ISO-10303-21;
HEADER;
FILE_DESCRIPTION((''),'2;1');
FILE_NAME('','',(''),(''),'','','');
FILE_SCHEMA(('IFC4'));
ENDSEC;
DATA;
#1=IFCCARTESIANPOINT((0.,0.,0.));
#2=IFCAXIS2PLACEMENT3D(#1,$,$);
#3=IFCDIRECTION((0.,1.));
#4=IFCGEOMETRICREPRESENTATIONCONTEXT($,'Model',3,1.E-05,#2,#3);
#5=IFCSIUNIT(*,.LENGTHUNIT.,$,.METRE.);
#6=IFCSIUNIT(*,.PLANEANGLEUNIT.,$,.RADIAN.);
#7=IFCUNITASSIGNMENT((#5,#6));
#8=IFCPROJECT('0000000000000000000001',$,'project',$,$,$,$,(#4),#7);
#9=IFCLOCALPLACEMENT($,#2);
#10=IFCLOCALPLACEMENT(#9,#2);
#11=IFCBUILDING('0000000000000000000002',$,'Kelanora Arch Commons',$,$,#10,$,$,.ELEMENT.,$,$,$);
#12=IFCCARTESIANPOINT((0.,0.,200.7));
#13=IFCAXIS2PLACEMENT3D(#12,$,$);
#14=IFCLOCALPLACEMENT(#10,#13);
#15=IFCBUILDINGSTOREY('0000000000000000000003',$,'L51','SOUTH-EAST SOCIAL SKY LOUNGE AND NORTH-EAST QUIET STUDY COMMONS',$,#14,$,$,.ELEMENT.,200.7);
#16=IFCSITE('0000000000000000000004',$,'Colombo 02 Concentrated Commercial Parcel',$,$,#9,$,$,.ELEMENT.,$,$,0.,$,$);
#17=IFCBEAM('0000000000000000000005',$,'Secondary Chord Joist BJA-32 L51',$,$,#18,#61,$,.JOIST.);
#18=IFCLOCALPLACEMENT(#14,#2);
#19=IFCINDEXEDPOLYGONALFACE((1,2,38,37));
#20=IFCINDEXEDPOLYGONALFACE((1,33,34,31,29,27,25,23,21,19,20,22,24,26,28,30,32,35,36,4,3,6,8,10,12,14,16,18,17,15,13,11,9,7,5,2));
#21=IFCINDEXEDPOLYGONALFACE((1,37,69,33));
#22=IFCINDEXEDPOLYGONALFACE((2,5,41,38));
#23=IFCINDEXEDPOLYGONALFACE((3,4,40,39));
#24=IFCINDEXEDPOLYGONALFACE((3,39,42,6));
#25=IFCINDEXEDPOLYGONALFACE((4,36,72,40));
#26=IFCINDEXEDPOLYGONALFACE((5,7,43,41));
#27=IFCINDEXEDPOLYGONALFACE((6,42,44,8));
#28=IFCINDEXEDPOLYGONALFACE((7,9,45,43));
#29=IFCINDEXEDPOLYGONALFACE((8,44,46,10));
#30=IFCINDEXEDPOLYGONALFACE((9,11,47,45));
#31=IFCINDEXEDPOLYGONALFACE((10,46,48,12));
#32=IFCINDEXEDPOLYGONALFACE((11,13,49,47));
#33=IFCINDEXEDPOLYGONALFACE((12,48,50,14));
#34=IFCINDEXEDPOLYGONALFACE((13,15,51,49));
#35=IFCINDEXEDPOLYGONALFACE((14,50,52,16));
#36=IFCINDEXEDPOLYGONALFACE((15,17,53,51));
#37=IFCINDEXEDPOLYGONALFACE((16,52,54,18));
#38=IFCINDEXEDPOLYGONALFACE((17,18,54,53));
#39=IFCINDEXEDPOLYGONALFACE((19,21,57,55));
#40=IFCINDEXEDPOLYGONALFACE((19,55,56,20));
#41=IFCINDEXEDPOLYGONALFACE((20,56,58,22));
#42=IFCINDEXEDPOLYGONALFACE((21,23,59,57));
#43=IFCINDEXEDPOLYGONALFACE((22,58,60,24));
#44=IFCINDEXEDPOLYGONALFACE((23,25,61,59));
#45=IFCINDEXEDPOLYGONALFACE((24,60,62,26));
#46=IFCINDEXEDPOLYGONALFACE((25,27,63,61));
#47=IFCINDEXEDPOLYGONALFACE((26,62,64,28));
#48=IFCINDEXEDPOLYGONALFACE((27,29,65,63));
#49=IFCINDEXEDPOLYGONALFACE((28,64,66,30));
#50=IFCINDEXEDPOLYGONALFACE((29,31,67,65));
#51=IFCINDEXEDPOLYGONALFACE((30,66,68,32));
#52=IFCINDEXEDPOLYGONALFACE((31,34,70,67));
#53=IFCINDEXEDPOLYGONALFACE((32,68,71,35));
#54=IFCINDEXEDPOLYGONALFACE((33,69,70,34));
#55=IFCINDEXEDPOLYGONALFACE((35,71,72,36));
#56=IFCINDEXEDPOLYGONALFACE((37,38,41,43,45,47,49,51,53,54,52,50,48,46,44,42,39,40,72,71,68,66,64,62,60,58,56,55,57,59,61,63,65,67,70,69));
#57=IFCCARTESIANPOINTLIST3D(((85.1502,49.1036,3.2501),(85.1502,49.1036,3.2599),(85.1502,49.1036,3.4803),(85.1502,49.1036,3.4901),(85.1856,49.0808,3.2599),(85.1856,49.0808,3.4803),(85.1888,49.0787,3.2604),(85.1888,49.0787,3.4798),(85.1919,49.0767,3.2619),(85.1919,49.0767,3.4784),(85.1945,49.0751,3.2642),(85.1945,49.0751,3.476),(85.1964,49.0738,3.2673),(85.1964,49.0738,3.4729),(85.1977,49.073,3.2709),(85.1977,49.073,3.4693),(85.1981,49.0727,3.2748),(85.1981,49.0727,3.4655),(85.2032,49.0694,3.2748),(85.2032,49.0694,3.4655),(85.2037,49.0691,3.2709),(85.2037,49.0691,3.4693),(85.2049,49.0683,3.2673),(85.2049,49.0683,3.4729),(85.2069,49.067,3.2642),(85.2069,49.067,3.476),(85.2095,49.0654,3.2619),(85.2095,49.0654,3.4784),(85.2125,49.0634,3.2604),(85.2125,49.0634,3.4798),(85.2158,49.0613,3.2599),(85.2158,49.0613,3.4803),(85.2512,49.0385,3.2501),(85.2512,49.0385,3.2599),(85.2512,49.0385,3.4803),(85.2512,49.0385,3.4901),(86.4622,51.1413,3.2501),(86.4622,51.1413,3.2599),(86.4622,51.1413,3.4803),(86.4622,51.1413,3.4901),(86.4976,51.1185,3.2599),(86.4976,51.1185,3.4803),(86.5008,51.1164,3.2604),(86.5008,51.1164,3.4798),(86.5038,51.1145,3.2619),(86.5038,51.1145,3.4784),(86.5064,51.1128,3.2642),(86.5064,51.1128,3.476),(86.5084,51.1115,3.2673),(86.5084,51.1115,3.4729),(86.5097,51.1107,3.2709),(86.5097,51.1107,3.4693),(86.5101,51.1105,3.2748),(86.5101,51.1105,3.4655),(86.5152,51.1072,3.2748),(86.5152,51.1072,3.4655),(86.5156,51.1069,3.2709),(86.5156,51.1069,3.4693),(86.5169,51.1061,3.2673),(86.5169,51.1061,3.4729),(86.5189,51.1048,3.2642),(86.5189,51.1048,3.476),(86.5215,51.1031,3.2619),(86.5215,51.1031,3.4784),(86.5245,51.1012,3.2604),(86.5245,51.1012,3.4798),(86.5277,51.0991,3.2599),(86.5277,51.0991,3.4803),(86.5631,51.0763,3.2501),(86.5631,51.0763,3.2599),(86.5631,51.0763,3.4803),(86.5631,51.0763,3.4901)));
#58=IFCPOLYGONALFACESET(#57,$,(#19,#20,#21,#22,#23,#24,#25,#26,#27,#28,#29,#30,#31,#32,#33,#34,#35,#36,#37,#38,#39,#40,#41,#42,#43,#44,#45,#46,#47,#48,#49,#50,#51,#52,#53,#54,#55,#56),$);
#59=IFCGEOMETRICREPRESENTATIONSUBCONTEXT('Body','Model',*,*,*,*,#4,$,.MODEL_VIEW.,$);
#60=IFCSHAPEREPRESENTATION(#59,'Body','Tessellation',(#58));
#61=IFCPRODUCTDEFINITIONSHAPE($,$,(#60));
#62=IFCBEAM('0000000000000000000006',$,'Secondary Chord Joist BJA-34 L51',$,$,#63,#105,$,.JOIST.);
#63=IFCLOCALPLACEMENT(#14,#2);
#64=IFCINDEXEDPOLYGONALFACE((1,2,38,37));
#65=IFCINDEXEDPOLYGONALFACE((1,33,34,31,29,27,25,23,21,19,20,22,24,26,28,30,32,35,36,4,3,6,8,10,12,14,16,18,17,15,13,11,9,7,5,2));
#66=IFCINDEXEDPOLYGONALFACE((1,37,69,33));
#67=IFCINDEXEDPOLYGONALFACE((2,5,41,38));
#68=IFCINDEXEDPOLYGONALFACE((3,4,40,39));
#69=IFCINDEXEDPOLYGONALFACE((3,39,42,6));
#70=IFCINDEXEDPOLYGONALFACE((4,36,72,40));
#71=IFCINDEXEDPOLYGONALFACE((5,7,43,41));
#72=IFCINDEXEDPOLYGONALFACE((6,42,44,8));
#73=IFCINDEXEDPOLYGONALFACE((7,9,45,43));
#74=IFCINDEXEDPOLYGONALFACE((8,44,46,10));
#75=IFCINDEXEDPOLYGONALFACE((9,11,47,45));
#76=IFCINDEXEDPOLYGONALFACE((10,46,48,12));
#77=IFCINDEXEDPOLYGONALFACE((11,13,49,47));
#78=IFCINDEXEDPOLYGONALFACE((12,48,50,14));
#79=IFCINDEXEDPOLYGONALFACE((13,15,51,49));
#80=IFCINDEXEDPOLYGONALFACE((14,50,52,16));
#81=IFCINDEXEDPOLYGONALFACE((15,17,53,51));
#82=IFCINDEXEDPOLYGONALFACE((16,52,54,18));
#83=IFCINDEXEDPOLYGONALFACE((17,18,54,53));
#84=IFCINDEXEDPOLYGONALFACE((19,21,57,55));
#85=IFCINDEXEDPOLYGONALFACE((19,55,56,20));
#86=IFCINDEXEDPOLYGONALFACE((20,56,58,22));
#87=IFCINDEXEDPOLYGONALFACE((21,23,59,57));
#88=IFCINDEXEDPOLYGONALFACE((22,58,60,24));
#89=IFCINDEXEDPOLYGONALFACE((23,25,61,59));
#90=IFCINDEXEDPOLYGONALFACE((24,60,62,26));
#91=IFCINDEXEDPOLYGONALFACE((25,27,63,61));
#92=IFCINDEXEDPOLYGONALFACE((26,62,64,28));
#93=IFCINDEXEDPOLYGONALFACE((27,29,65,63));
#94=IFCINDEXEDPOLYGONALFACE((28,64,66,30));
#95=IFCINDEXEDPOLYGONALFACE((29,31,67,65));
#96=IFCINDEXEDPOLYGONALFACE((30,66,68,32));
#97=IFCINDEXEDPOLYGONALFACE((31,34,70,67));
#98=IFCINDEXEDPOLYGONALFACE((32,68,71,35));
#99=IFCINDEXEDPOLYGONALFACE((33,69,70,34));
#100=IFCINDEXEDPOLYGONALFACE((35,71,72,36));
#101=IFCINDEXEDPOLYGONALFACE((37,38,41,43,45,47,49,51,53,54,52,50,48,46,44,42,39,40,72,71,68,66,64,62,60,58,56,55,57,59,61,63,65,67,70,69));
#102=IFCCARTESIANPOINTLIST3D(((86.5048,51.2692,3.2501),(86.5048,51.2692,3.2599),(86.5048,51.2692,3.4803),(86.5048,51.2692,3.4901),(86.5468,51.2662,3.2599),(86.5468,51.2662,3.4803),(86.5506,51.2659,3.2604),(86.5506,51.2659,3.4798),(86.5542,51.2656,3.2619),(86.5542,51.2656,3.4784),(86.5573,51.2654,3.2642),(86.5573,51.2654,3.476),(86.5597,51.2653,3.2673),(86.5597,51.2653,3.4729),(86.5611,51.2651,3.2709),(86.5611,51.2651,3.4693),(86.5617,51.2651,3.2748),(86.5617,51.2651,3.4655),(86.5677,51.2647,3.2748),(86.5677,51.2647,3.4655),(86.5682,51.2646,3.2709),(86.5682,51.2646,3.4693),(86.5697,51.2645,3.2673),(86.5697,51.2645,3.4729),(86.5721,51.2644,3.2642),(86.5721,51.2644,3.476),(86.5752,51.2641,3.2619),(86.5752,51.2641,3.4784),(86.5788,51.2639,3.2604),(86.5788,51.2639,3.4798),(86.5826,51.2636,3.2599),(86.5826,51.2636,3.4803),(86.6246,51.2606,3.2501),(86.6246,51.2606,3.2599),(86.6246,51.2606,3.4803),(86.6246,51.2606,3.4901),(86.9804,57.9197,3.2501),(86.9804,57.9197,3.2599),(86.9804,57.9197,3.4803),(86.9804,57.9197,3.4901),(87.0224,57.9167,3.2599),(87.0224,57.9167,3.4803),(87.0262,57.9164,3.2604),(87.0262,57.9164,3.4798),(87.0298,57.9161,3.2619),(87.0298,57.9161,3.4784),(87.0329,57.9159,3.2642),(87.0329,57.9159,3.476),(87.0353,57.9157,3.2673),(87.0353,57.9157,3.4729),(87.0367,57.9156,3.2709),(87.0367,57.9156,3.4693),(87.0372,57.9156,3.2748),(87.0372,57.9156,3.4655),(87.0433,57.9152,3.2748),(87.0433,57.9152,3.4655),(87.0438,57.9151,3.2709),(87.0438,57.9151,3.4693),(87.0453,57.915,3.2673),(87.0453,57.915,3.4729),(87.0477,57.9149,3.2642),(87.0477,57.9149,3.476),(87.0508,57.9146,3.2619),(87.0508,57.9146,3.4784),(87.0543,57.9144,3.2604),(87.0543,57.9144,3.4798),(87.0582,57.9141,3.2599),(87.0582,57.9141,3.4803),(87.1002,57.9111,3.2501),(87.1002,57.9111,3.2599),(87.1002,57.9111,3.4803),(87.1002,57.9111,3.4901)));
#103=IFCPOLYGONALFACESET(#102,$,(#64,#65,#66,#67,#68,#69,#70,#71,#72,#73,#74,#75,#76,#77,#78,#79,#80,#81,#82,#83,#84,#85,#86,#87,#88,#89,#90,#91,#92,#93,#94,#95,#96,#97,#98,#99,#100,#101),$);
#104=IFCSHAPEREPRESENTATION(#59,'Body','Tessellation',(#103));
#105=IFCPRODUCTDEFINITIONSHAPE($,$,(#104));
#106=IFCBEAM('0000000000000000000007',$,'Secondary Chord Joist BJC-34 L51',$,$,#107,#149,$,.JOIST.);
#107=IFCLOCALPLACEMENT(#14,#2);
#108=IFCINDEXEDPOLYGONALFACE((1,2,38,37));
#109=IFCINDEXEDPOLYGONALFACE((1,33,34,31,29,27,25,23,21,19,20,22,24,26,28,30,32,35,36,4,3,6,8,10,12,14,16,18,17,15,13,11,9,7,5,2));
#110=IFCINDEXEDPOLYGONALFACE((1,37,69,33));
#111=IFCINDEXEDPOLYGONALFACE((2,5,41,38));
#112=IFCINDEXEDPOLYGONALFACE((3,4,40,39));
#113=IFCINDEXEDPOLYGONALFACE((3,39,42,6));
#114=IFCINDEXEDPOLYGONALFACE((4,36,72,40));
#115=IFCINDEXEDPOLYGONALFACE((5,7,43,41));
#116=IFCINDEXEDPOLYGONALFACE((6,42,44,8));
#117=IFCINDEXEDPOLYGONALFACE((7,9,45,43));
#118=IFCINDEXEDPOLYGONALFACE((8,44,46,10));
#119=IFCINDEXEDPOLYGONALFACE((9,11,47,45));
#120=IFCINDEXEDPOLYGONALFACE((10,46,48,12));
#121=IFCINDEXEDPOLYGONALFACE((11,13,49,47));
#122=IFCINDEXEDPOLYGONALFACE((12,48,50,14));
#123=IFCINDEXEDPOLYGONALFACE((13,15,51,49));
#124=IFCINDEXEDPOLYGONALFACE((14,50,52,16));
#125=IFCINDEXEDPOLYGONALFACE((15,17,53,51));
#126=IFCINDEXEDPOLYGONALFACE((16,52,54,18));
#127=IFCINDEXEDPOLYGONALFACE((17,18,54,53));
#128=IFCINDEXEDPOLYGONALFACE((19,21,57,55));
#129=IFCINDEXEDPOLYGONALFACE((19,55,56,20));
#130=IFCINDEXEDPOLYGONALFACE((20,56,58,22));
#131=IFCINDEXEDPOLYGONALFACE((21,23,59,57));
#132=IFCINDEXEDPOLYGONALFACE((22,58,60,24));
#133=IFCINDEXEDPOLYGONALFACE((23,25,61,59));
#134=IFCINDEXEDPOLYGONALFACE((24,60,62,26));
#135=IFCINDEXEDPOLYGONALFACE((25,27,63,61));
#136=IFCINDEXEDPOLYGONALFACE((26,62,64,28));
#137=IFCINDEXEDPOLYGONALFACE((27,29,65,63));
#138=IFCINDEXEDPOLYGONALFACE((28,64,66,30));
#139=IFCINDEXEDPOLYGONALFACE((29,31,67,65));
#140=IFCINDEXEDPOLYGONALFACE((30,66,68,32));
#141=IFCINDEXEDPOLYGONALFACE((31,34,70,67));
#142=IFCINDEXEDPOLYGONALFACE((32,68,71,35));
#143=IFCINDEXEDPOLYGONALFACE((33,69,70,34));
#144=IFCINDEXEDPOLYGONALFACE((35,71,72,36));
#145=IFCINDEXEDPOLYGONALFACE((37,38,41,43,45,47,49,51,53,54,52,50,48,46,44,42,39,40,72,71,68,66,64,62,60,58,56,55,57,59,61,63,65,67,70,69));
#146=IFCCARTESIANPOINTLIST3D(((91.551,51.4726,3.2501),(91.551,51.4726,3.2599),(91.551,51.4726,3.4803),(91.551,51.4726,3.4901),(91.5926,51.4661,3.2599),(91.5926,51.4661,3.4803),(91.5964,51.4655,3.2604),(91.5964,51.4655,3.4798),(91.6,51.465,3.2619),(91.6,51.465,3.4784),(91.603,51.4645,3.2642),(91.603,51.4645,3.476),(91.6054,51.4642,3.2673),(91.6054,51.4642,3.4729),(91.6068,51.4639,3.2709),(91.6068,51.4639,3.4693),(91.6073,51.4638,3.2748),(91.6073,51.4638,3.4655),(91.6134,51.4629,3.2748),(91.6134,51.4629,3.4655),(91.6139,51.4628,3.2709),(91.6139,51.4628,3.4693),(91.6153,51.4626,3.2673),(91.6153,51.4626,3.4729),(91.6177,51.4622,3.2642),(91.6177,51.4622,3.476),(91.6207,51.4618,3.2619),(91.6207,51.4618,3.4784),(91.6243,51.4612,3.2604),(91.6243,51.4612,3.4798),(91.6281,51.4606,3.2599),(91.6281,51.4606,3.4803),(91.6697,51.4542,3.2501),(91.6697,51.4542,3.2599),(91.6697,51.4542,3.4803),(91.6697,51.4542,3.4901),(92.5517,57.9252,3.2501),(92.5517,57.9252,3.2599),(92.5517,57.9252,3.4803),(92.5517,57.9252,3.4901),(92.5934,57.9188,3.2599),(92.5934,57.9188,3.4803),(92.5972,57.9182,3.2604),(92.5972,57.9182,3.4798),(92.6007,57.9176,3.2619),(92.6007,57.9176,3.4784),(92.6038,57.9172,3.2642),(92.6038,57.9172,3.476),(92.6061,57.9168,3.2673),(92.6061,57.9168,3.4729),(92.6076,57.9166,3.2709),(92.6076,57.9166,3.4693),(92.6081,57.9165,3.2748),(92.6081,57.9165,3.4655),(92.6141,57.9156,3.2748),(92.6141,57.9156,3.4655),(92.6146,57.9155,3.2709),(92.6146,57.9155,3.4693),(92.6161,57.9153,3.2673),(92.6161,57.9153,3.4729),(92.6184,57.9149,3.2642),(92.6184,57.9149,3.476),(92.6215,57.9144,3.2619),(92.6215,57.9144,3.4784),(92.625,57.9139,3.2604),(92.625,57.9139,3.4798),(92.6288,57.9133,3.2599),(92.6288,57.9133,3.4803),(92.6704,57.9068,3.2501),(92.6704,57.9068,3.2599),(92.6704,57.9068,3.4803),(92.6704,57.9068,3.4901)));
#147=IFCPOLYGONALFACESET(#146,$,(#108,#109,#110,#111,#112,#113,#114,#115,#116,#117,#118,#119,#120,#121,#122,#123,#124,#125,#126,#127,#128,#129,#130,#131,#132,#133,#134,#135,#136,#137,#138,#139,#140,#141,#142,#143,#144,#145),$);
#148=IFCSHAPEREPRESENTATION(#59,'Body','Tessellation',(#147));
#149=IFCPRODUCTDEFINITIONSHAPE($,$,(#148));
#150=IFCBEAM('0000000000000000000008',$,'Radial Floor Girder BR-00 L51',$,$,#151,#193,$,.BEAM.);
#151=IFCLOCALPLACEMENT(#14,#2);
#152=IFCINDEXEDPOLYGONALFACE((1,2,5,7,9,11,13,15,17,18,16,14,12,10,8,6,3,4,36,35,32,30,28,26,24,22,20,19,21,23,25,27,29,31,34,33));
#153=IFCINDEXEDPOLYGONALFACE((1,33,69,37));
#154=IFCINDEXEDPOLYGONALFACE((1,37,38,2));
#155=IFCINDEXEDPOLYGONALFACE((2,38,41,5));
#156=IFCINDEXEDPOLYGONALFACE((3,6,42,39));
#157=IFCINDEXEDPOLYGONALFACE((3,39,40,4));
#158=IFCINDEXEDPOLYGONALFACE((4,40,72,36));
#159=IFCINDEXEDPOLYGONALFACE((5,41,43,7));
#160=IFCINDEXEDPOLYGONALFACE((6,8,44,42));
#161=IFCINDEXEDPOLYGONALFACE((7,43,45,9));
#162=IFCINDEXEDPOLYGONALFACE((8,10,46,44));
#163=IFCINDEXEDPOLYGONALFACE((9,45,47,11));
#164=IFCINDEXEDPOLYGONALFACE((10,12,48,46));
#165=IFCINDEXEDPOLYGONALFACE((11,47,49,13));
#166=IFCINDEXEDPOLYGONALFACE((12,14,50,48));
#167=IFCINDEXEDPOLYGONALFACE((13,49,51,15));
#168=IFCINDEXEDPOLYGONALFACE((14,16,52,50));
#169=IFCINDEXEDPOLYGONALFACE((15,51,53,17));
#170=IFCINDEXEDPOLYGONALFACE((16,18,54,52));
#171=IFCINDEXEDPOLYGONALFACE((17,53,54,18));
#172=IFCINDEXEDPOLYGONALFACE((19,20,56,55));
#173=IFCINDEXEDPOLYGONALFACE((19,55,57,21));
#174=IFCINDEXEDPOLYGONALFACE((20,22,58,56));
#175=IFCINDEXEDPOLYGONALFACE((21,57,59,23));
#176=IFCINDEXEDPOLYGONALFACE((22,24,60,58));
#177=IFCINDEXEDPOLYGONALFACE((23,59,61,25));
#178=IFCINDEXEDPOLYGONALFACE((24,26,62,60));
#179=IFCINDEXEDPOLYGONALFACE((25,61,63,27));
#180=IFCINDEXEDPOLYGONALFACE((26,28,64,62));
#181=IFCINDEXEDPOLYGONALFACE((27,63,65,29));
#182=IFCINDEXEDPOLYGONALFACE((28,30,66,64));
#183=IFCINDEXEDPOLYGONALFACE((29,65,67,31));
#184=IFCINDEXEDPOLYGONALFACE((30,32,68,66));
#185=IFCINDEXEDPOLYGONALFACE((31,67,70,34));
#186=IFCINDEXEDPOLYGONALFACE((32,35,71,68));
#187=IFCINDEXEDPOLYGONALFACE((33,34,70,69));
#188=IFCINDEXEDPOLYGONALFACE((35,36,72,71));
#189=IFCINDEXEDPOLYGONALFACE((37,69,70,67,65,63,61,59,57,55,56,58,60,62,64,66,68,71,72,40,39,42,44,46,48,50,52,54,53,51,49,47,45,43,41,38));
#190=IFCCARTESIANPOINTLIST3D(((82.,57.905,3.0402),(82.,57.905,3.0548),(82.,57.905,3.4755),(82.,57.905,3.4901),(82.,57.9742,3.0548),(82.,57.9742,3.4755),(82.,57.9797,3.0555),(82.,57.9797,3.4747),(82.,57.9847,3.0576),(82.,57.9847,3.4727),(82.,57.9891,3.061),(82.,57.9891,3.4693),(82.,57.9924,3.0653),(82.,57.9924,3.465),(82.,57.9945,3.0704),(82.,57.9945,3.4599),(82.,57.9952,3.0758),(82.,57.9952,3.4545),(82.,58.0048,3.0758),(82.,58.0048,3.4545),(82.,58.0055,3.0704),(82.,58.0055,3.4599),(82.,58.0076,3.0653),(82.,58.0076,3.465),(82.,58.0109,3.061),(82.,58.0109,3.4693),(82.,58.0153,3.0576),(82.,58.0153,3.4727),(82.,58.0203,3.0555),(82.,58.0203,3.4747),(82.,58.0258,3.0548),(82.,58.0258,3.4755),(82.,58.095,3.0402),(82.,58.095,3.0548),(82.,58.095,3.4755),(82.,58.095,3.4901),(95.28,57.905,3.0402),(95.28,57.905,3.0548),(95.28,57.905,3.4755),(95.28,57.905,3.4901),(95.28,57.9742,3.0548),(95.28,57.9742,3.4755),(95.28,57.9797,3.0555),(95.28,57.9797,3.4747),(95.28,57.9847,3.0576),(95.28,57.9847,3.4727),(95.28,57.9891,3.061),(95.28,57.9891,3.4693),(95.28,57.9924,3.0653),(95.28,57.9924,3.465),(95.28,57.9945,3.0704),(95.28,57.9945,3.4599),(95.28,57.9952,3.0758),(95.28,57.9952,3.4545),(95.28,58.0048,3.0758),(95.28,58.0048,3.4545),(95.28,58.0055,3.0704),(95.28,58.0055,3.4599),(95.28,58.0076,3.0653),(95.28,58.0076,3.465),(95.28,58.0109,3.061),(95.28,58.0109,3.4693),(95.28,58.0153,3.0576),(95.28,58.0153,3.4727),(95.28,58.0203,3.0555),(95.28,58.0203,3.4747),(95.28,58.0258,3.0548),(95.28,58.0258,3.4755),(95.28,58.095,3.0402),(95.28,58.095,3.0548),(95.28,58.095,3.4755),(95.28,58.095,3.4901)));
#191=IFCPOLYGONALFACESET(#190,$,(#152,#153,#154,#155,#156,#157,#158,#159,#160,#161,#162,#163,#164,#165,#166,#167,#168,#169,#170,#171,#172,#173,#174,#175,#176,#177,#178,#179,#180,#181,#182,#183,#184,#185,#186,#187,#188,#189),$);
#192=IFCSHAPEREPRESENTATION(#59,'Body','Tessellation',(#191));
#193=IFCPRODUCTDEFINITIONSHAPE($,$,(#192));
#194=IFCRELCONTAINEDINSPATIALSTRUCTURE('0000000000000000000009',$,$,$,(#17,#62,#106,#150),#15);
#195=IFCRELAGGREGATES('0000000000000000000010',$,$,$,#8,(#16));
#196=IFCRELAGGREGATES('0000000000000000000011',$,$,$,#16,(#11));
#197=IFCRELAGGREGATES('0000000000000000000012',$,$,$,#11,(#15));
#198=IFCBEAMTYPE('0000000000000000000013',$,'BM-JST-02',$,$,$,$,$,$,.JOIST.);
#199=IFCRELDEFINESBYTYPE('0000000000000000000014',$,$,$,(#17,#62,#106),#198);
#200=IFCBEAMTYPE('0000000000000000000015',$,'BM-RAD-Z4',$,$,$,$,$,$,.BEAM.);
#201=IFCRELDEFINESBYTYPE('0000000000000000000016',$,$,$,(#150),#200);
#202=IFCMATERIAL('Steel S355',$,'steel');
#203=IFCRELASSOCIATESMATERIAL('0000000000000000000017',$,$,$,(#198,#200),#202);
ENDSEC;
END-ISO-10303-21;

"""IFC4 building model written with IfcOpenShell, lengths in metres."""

from ifc_helpers import new_model, si_unit, direction, frame, origin, origin_2d, place, context, subcontext, project, spatial, i_section, extrude, material, material_profile, profile_set, type_object, element, save


model = new_model("IFC4")

# Units and contexts
model_context = context("Model", 3, precision=1e-05, world=origin(), true_north=direction((0.0, 1.0)))
body_context = subcontext(model_context, "Body", "Model", "MODEL_VIEW")
ifc_project = project(units=[si_unit("LENGTHUNIT", "METRE"), si_unit("PLANEANGLEUNIT", "RADIAN")], contexts=[model_context])

# Site, building, storey
site_placement = place(None, origin())
site = spatial("IfcSite", under=ifc_project, at=site_placement, Name="Colombo 02 Concentrated Commercial Parcel", CompositionType="ELEMENT", RefElevation=0.0)
building_placement = place(site_placement, origin())
building = spatial("IfcBuilding", under=site, at=building_placement, Name="Kelanora Arch Commons", CompositionType="ELEMENT")
storey_placement = place(building_placement, frame((0.0, 0.0, 200.7)))
storey = spatial("IfcBuildingStorey", under=building, at=storey_placement, Name="L51", Description="SOUTH-EAST SOCIAL SKY LOUNGE AND NORTH-EAST QUIET STUDY COMMONS", CompositionType="ELEMENT", Elevation=200.7)

# Beams
ifc_material_1 = material(Name="Steel S355", Category="steel")
ifc_material_profile_1 = material_profile(ifc_material_1, i_section(OverallWidth=0.1201, OverallDepth=0.24, WebThickness=0.0061, FlangeThickness=0.0098, FilletRadius=0.0149, at=origin_2d()), Name="IPE240")
ifc_profile_set_1 = profile_set([ifc_material_profile_1], Name="Steel S355")
beam_type_1 = type_object("IfcBeamType", Name="BM-JST-02", PredefinedType="JOIST", material=ifc_profile_set_1)
beam_1_placement = place(storey_placement, frame((85.2007, 49.071, 3.3701), z_axis=(0.541333, 0.840808, 0.0), x_axis=(-0.840808, 0.541333, 0.0)))
element("IfcBeam", 1, at=beam_1_placement, inside=storey, type_object=beam_type_1, Name="Secondary Chord Joist BJA-32 L51", PredefinedType="JOIST", context=body_context, shape_type="SweptSolid", body=[
    extrude(i_section(OverallWidth=0.1201, OverallDepth=0.24, WebThickness=0.0061, FlangeThickness=0.0098, FilletRadius=0.0149, at=origin_2d()), origin(), (0.0, 0.0, 1.0), 2.4236),
])
beam_2_placement = place(storey_placement, frame((86.5647, 51.2649, 3.3701), z_axis=(0.07133, 0.997453, 0.0), x_axis=(-0.997453, 0.07133, 0.0)))
element("IfcBeam", 2, at=beam_2_placement, inside=storey, type_object=beam_type_1, Name="Secondary Chord Joist BJA-34 L51", PredefinedType="JOIST", context=body_context, shape_type="SweptSolid", body=[
    extrude(i_section(OverallWidth=0.1201, OverallDepth=0.24, WebThickness=0.0061, FlangeThickness=0.0098, FilletRadius=0.0149, at=origin_2d()), origin(), (0.0, 0.0, 1.0), 6.6675),
])
beam_3_placement = place(storey_placement, frame((91.6104, 51.4634, 3.3701), z_axis=(0.153257, 0.988186, 0.0), x_axis=(-0.988186, 0.153257, 0.0)))
element("IfcBeam", 3, at=beam_3_placement, inside=storey, type_object=beam_type_1, Name="Secondary Chord Joist BJC-34 L51", PredefinedType="JOIST", context=body_context, shape_type="SweptSolid", body=[
    extrude(i_section(OverallWidth=0.1201, OverallDepth=0.24, WebThickness=0.0061, FlangeThickness=0.0098, FilletRadius=0.0149, at=origin_2d()), origin(), (0.0, 0.0, 1.0), 6.5298),
])
ifc_material_profile_2 = material_profile(ifc_material_1, i_section(OverallWidth=0.1899, OverallDepth=0.45, WebThickness=0.0095, FlangeThickness=0.0146, FilletRadius=0.021, at=origin_2d()), Name="IPE450")
ifc_profile_set_2 = profile_set([ifc_material_profile_2], Name="Steel S355")
beam_type_2 = type_object("IfcBeamType", Name="BM-RAD-Z4", PredefinedType="BEAM", material=ifc_profile_set_2)
beam_4_placement = place(storey_placement, frame((82.0, 58.0, 3.2651), z_axis=(1.0, 0.0, 0.0), x_axis=(0.0, 1.0, 0.0)))
element("IfcBeam", 4, at=beam_4_placement, inside=storey, type_object=beam_type_2, Name="Radial Floor Girder BR-00 L51", PredefinedType="BEAM", context=body_context, shape_type="SweptSolid", body=[
    extrude(i_section(OverallWidth=0.1899, OverallDepth=0.45, WebThickness=0.0095, FlangeThickness=0.0146, FilletRadius=0.021, at=origin_2d()), origin(), (0.0, 0.0, 1.0), 13.28),
])

save(model, "model.ifc")
